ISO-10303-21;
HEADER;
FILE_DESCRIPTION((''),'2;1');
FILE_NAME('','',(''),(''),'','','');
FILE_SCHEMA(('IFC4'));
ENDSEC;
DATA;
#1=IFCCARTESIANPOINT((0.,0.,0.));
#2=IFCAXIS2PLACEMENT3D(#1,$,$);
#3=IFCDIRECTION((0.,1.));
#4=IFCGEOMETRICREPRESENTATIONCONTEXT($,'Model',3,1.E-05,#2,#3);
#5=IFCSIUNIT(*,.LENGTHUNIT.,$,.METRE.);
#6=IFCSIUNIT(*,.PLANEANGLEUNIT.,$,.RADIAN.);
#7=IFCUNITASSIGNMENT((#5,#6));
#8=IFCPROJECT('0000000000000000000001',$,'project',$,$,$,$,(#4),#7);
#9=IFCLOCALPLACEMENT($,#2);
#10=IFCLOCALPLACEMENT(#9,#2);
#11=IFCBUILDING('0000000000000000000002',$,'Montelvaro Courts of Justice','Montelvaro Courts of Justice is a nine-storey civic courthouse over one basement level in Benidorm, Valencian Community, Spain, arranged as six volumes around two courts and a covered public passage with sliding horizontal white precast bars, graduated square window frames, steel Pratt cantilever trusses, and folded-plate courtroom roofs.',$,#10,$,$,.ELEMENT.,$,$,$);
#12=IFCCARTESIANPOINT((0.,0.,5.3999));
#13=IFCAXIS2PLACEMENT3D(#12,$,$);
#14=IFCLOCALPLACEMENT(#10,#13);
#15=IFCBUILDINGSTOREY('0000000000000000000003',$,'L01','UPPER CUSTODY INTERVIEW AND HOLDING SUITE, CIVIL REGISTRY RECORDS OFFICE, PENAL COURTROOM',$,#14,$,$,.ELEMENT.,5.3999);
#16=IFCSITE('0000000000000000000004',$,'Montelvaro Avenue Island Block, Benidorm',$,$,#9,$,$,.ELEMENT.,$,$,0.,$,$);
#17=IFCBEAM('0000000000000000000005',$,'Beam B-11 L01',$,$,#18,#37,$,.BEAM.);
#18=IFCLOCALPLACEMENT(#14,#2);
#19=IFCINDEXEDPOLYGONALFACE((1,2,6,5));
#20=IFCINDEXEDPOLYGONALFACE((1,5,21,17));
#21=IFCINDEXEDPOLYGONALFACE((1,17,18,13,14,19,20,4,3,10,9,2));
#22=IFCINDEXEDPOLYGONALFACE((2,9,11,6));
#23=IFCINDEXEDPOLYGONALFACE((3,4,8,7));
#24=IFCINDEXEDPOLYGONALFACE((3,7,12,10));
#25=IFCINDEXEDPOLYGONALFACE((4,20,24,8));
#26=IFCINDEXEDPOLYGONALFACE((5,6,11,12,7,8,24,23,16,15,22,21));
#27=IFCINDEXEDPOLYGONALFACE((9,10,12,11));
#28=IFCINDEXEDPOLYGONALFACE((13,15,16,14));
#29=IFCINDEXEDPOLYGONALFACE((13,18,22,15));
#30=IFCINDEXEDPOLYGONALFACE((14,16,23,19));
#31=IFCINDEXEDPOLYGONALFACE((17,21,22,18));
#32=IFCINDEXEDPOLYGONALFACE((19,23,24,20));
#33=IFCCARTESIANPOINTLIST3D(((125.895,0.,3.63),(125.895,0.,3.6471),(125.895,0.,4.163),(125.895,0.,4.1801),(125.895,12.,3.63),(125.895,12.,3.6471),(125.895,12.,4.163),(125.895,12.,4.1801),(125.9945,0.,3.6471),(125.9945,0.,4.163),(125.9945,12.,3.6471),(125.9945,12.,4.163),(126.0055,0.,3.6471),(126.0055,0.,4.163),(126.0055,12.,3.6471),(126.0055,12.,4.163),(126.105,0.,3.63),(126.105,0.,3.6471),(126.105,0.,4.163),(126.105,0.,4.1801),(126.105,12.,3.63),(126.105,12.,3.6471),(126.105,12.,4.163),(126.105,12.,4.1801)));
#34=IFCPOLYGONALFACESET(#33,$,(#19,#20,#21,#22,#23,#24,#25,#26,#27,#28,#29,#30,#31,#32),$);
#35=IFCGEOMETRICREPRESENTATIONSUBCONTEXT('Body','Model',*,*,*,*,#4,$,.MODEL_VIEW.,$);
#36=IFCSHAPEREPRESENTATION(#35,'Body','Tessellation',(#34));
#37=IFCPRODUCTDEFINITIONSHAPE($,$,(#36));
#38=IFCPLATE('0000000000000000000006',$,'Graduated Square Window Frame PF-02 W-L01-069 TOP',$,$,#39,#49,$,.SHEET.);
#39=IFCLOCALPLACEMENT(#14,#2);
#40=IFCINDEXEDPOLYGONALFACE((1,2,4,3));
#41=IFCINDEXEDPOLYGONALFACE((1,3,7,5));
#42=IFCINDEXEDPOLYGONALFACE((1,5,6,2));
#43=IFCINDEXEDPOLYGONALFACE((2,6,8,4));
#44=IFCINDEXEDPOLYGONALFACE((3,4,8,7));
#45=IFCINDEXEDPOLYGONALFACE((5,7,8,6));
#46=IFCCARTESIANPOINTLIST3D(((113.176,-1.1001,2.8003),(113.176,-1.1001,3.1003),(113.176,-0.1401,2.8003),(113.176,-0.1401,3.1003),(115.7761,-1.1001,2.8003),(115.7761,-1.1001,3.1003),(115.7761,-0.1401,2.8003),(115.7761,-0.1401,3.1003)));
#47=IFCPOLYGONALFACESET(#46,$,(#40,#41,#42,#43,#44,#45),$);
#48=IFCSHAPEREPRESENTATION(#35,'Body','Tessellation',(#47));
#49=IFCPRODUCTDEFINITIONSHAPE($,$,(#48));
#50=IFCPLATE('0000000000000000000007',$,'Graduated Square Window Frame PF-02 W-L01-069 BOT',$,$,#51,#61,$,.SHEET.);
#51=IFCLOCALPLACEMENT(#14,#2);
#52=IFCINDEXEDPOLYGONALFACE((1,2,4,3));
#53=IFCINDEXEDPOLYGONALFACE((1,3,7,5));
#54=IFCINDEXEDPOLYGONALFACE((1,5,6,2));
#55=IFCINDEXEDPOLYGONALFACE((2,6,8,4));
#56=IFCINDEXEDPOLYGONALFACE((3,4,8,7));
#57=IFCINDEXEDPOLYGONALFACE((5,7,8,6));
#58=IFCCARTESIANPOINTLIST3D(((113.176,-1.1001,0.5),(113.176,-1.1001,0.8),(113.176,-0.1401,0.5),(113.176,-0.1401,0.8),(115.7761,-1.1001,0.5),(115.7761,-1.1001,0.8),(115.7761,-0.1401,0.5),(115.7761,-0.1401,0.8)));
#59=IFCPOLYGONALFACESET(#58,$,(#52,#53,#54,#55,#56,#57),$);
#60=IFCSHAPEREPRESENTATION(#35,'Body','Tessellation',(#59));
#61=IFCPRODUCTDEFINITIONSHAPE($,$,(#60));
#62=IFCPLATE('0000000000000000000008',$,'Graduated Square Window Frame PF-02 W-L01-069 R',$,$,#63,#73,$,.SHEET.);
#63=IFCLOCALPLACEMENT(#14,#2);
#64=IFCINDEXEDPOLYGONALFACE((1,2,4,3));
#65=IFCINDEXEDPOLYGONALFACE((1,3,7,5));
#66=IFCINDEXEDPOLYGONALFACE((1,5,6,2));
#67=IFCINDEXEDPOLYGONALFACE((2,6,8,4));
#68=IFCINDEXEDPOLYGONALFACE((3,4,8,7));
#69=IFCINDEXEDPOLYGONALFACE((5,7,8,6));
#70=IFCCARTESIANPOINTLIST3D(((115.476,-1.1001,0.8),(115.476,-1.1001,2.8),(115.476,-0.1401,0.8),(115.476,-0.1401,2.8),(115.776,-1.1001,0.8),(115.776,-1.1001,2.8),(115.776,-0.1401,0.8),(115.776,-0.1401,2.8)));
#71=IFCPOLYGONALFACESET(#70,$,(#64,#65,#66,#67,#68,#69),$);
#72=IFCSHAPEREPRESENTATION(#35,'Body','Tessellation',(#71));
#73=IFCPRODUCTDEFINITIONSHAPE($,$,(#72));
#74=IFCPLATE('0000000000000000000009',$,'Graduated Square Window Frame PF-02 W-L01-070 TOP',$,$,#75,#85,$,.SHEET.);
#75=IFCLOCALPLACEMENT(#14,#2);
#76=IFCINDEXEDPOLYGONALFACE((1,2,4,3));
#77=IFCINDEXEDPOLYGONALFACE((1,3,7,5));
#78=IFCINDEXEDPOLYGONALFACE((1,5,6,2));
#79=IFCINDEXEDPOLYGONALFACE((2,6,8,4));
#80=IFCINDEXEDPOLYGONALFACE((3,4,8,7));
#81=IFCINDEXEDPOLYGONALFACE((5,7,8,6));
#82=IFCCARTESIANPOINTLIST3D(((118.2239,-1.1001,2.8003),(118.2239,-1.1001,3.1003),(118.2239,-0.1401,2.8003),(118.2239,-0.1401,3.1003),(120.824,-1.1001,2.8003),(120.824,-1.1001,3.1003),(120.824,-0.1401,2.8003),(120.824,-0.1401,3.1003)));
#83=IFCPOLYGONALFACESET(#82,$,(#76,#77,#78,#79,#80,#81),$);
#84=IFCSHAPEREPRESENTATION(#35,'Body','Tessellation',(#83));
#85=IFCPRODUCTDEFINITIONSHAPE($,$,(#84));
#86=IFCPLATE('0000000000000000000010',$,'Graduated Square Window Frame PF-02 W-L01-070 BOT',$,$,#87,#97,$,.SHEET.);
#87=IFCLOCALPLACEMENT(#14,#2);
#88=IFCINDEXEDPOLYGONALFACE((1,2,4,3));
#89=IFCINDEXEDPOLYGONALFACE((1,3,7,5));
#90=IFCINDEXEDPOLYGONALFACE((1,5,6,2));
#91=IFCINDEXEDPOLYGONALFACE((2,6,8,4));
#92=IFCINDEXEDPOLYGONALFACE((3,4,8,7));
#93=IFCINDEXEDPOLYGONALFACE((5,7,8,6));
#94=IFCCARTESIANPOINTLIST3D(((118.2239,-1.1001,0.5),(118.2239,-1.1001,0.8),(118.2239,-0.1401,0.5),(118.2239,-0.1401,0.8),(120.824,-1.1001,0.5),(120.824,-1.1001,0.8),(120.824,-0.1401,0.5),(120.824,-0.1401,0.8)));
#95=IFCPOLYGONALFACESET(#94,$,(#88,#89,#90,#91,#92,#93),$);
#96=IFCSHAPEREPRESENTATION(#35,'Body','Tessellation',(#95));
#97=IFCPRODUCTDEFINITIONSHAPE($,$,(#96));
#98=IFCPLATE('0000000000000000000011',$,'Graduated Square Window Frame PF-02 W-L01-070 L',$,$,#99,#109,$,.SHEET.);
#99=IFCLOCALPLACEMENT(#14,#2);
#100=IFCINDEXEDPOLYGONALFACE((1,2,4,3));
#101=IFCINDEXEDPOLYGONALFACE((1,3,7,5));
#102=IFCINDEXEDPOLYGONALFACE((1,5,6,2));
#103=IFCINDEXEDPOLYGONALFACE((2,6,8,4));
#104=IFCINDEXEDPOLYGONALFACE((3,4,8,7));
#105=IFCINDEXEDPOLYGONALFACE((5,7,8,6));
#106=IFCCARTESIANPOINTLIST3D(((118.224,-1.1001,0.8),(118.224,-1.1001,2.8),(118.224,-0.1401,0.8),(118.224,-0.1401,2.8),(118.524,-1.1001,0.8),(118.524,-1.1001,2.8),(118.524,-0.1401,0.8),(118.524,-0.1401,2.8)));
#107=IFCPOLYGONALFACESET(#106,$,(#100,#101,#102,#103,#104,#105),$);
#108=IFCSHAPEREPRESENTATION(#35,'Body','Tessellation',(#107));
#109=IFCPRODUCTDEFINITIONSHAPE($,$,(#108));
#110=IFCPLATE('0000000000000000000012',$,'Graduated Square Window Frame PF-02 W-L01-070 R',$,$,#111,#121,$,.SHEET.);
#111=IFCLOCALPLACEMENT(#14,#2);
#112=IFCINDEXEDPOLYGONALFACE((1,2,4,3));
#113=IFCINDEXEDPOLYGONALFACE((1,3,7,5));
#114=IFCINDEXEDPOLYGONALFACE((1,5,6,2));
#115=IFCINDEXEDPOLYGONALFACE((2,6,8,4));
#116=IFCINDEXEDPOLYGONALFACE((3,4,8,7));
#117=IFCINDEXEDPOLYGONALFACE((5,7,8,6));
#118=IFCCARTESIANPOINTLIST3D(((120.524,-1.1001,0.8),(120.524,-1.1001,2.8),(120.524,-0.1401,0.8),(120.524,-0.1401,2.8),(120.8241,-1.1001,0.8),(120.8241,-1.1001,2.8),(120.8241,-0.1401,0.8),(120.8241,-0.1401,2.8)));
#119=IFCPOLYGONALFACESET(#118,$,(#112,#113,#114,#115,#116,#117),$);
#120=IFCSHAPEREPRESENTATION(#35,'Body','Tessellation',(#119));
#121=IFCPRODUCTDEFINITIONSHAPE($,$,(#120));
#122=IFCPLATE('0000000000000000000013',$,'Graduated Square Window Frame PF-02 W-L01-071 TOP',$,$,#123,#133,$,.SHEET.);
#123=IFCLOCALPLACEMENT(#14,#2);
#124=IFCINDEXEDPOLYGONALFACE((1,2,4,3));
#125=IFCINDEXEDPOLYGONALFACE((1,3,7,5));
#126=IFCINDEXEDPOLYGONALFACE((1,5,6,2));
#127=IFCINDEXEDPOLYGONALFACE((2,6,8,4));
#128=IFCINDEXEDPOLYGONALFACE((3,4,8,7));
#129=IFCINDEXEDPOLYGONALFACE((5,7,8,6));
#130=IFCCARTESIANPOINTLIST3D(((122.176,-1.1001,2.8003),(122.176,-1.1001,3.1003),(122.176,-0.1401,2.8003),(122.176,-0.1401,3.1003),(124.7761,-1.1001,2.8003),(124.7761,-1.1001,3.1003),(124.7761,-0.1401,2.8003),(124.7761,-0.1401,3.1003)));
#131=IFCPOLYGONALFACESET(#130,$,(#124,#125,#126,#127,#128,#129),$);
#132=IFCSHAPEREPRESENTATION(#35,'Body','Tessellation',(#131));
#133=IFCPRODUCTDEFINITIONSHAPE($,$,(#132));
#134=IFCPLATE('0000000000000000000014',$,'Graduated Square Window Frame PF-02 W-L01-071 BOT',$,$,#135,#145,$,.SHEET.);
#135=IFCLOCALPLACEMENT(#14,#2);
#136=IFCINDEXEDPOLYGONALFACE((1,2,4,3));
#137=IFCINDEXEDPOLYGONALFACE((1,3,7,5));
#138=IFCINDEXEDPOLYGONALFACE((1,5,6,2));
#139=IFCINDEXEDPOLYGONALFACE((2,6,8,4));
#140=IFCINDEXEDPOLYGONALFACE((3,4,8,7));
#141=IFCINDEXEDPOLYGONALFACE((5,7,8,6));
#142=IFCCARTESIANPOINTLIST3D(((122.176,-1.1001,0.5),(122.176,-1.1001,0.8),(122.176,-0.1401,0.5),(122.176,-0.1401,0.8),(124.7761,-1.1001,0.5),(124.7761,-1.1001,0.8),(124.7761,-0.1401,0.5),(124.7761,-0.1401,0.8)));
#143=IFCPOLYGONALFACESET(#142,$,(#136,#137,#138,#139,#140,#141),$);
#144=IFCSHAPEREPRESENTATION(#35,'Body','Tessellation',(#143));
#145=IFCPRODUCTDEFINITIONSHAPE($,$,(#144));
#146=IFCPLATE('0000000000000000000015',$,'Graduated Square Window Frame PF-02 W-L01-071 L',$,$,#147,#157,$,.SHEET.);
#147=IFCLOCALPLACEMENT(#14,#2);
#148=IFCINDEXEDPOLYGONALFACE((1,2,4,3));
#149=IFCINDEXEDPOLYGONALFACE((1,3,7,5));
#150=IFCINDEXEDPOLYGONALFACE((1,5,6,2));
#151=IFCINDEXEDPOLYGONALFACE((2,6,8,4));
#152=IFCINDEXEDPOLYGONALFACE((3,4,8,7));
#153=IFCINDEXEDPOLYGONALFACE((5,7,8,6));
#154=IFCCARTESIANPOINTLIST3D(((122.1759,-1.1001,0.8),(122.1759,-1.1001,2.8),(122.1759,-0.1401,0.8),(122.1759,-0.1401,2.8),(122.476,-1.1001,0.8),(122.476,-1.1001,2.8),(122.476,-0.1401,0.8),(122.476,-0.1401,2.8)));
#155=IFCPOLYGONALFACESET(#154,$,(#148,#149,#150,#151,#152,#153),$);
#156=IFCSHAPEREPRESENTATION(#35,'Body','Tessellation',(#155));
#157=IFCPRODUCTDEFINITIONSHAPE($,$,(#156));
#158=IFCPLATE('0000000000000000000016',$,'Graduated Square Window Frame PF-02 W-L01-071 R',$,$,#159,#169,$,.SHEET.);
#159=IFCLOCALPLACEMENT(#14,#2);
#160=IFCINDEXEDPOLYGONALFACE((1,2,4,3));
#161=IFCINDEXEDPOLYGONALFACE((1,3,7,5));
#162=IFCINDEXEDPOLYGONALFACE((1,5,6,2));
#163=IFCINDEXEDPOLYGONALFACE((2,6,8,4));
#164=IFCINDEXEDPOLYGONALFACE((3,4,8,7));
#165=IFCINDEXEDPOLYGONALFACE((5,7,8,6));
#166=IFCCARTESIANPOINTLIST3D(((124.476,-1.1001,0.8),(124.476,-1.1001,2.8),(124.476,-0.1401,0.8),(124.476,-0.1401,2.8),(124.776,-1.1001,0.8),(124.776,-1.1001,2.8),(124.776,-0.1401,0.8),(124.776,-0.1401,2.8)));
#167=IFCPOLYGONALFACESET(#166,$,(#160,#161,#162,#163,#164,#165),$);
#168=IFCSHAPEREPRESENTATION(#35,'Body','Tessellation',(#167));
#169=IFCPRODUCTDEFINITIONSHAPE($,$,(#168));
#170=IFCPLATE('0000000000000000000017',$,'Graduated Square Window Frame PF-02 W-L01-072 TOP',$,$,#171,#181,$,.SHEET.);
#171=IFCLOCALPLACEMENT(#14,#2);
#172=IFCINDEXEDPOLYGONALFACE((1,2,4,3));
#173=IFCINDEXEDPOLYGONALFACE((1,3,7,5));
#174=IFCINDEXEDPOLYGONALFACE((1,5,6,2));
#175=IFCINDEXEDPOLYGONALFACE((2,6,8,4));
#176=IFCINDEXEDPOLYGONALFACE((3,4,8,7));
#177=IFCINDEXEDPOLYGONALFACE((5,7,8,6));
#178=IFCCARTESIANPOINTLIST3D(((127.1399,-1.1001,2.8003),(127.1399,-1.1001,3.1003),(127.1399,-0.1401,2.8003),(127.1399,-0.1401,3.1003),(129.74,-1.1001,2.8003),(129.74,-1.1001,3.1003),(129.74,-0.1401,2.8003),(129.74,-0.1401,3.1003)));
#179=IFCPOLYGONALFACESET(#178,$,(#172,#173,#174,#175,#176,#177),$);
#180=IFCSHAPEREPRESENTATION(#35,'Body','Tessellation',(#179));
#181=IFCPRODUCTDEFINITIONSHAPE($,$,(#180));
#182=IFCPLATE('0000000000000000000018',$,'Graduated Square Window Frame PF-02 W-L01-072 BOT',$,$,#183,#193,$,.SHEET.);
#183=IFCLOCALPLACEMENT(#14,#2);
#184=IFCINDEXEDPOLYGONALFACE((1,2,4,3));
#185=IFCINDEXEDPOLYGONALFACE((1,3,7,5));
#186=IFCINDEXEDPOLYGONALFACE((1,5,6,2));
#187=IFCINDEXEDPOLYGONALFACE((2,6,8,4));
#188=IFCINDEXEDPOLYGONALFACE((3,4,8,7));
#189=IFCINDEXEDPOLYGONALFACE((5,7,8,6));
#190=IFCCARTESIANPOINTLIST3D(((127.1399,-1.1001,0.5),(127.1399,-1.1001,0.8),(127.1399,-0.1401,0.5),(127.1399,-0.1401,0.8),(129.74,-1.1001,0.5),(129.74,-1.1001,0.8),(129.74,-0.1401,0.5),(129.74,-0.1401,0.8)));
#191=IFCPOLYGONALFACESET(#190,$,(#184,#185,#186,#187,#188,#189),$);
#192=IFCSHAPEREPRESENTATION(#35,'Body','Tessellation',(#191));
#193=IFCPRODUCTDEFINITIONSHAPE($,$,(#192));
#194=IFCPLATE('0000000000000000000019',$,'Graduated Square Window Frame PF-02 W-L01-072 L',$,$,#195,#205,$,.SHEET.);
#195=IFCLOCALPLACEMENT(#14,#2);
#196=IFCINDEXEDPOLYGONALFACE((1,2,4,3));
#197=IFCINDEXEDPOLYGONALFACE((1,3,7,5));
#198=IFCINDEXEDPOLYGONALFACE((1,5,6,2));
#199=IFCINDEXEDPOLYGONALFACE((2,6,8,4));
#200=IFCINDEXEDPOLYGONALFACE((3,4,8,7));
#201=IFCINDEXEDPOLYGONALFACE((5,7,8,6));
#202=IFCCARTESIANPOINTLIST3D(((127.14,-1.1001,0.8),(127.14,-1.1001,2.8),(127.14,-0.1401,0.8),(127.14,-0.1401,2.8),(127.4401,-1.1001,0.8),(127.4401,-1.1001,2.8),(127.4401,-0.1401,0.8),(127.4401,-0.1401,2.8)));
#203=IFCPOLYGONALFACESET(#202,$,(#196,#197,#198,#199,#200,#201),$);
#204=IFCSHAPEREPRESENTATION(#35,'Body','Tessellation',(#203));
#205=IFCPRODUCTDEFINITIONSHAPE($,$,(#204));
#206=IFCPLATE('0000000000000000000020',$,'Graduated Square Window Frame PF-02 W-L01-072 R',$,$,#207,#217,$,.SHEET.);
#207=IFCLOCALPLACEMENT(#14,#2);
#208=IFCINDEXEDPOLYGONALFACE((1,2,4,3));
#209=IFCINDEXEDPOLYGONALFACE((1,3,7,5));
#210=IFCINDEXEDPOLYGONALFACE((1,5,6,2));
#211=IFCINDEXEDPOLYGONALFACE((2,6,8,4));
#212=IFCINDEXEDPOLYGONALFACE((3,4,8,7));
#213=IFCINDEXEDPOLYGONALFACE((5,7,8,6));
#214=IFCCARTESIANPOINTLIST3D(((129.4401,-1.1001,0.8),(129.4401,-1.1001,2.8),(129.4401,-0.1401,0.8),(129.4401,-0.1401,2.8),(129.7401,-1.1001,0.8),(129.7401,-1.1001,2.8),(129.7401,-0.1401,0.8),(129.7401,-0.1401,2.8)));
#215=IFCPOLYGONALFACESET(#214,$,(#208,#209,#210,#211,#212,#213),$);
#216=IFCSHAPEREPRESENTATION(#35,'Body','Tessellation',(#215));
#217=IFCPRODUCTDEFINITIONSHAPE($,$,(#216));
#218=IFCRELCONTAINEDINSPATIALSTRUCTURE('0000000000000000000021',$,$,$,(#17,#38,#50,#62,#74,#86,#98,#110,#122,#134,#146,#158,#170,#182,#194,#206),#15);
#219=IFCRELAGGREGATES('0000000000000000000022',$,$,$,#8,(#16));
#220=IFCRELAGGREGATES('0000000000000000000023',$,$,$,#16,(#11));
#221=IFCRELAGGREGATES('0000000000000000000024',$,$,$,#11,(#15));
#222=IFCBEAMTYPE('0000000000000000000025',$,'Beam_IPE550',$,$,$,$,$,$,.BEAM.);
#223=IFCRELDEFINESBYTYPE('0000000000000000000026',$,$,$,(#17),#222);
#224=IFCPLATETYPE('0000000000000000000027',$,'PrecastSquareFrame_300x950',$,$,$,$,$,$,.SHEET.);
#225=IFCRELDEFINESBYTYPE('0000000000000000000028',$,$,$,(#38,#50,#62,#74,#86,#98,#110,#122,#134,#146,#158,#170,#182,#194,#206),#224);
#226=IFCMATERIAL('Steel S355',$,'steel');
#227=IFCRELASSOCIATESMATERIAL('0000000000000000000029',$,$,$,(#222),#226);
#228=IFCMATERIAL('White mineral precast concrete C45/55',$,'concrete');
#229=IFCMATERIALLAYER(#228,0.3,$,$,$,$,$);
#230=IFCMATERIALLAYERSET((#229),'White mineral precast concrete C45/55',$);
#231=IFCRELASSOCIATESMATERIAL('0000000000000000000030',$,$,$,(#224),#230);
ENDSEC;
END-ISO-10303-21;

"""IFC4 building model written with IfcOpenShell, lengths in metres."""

from ifc_helpers import new_model, si_unit, direction, frame, origin, origin_2d, place, context, subcontext, project, spatial, rectangle, i_section, extrude, material, layer, layer_set, material_profile, profile_set, type_object, element, save


model = new_model("IFC4")

# Units and contexts
model_context = context("Model", 3, precision=1e-05, world=origin(), true_north=direction((0.0, 1.0)))
body_context = subcontext(model_context, "Body", "Model", "MODEL_VIEW")
ifc_project = project(units=[si_unit("LENGTHUNIT", "METRE"), si_unit("PLANEANGLEUNIT", "RADIAN")], contexts=[model_context])

# Site, building, storey
site_placement = place(None, origin())
site = spatial("IfcSite", under=ifc_project, at=site_placement, Name="Montelvaro Avenue Island Block, Benidorm", CompositionType="ELEMENT", RefElevation=0.0)
building_placement = place(site_placement, origin())
building = spatial("IfcBuilding", under=site, at=building_placement, Name="Montelvaro Courts of Justice", Description="Montelvaro Courts of Justice is a nine-storey civic courthouse over one basement level in Benidorm, Valencian Community, Spain, arranged as six volumes around two courts and a covered public passage with sliding horizontal white precast bars, graduated square window frames, steel Pratt cantilever trusses, and folded-plate courtroom roofs.", CompositionType="ELEMENT")
storey_placement = place(building_placement, frame((0.0, 0.0, 5.3999)))
storey = spatial("IfcBuildingStorey", under=building, at=storey_placement, Name="L01", Description="UPPER CUSTODY INTERVIEW AND HOLDING SUITE, CIVIL REGISTRY RECORDS OFFICE, PENAL COURTROOM", CompositionType="ELEMENT", Elevation=5.3999)

# Shared definitions
ifc_material_1 = material(Name="Steel S355", Category="steel")

# Beam
ifc_material_profile_1 = material_profile(ifc_material_1, i_section(OverallWidth=0.21, OverallDepth=0.55, WebThickness=0.011, FlangeThickness=0.0171, at=origin_2d()), Name="IPE 550")
ifc_profile_set_1 = profile_set([ifc_material_profile_1], Name="Steel S355")
beam_type_1 = type_object("IfcBeamType", Name="Beam_IPE550", PredefinedType="BEAM", material=ifc_profile_set_1)
beam_1_placement = place(storey_placement, frame((126.0, 0.0, 3.905), z_axis=(0.0, 1.0, 0.0), x_axis=(-1.0, 0.0, 0.0)))
element("IfcBeam", 1, at=beam_1_placement, inside=storey, type_object=beam_type_1, Name="Beam B-11 L01", PredefinedType="BEAM", context=body_context, shape_type="SweptSolid", body=[
    extrude(i_section(OverallWidth=0.21, OverallDepth=0.55, WebThickness=0.011, FlangeThickness=0.0171, at=origin_2d()), origin(), (0.0, 0.0, 1.0), 12.0),
])

# Plates
ifc_material_2 = material(Name="White mineral precast concrete C45/55", Category="concrete")
ifc_layer_1 = layer(ifc_material_2, 0.3)
ifc_layer_set_1 = layer_set([ifc_layer_1], Name="White mineral precast concrete C45/55")
plate_type = type_object("IfcPlateType", Name="PrecastSquareFrame_300x950", PredefinedType="SHEET", material=ifc_layer_set_1)
for number, where, z_axis, x_axis, name in (
    (2, (114.4761, -0.6201, 2.8003), (0.0, 0.0, 1.0), (1.0, 0.0, 0.0), "Graduated Square Window Frame PF-02 W-L01-069 TOP"),
    (3, (114.4761, -0.6201, 0.5), (0.0, 0.0, 1.0), (1.0, 0.0, 0.0), "Graduated Square Window Frame PF-02 W-L01-069 BOT"),
):
    element("IfcPlate", number, at=place(storey_placement, frame(where, z_axis=z_axis, x_axis=x_axis)), inside=storey, type_object=plate_type, Name=name, PredefinedType="SHEET", context=body_context, shape_type="SweptSolid", body=[
        extrude(rectangle(XDim=2.6001, YDim=0.96, at=origin_2d()), origin(), (0.0, 0.0, 1.0), 0.3),
    ])
plate_placement = place(storey_placement, frame((115.626, -0.6201, 0.8), z_axis=(0.0, 0.0, 1.0), x_axis=(1.0, 0.0, 0.0)))
element("IfcPlate", 4, at=plate_placement, inside=storey, type_object=plate_type, Name="Graduated Square Window Frame PF-02 W-L01-069 R", PredefinedType="SHEET", context=body_context, shape_type="SweptSolid", body=[
    extrude(rectangle(XDim=0.3, YDim=0.96, at=origin_2d()), origin(), (0.0, 0.0, 1.0), 2.0),
])
for number, where, z_axis, x_axis, name in (
    (5, (119.5239, -0.6201, 2.8003), (0.0, 0.0, 1.0), (1.0, 0.0, 0.0), "Graduated Square Window Frame PF-02 W-L01-070 TOP"),
    (6, (119.5239, -0.6201, 0.5), (0.0, 0.0, 1.0), (1.0, 0.0, 0.0), "Graduated Square Window Frame PF-02 W-L01-070 BOT"),
):
    element("IfcPlate", number, at=place(storey_placement, frame(where, z_axis=z_axis, x_axis=x_axis)), inside=storey, type_object=plate_type, Name=name, PredefinedType="SHEET", context=body_context, shape_type="SweptSolid", body=[
        extrude(rectangle(XDim=2.6001, YDim=0.96, at=origin_2d()), origin(), (0.0, 0.0, 1.0), 0.3),
    ])
for number, where, z_axis, x_axis, name in (
    (7, (118.374, -0.6201, 0.8), (0.0, 0.0, 1.0), (1.0, 0.0, 0.0), "Graduated Square Window Frame PF-02 W-L01-070 L"),
    (8, (120.6741, -0.6201, 0.8), (0.0, 0.0, 1.0), (1.0, 0.0, 0.0), "Graduated Square Window Frame PF-02 W-L01-070 R"),
):
    element("IfcPlate", number, at=place(storey_placement, frame(where, z_axis=z_axis, x_axis=x_axis)), inside=storey, type_object=plate_type, Name=name, PredefinedType="SHEET", context=body_context, shape_type="SweptSolid", body=[
        extrude(rectangle(XDim=0.3, YDim=0.96, at=origin_2d()), origin(), (0.0, 0.0, 1.0), 2.0),
    ])
for number, where, z_axis, x_axis, name in (
    (9, (123.4761, -0.6201, 2.8003), (0.0, 0.0, 1.0), (1.0, 0.0, 0.0), "Graduated Square Window Frame PF-02 W-L01-071 TOP"),
    (10, (123.4761, -0.6201, 0.5), (0.0, 0.0, 1.0), (1.0, 0.0, 0.0), "Graduated Square Window Frame PF-02 W-L01-071 BOT"),
):
    element("IfcPlate", number, at=place(storey_placement, frame(where, z_axis=z_axis, x_axis=x_axis)), inside=storey, type_object=plate_type, Name=name, PredefinedType="SHEET", context=body_context, shape_type="SweptSolid", body=[
        extrude(rectangle(XDim=2.6001, YDim=0.96, at=origin_2d()), origin(), (0.0, 0.0, 1.0), 0.3),
    ])
for number, where, z_axis, x_axis, name in (
    (11, (122.3259, -0.6201, 0.8), (0.0, 0.0, 1.0), (1.0, 0.0, 0.0), "Graduated Square Window Frame PF-02 W-L01-071 L"),
    (12, (124.626, -0.6201, 0.8), (0.0, 0.0, 1.0), (1.0, 0.0, 0.0), "Graduated Square Window Frame PF-02 W-L01-071 R"),
):
    element("IfcPlate", number, at=place(storey_placement, frame(where, z_axis=z_axis, x_axis=x_axis)), inside=storey, type_object=plate_type, Name=name, PredefinedType="SHEET", context=body_context, shape_type="SweptSolid", body=[
        extrude(rectangle(XDim=0.3, YDim=0.96, at=origin_2d()), origin(), (0.0, 0.0, 1.0), 2.0),
    ])
for number, where, z_axis, x_axis, name in (
    (13, (128.4399, -0.6201, 2.8003), (0.0, 0.0, 1.0), (1.0, 0.0, 0.0), "Graduated Square Window Frame PF-02 W-L01-072 TOP"),
    (14, (128.4399, -0.6201, 0.5), (0.0, 0.0, 1.0), (1.0, 0.0, 0.0), "Graduated Square Window Frame PF-02 W-L01-072 BOT"),
):
    element("IfcPlate", number, at=place(storey_placement, frame(where, z_axis=z_axis, x_axis=x_axis)), inside=storey, type_object=plate_type, Name=name, PredefinedType="SHEET", context=body_context, shape_type="SweptSolid", body=[
        extrude(rectangle(XDim=2.6001, YDim=0.96, at=origin_2d()), origin(), (0.0, 0.0, 1.0), 0.3),
    ])
for number, where, z_axis, x_axis, name in (
    (15, (127.29, -0.6201, 0.8), (0.0, 0.0, 1.0), (1.0, 0.0, 0.0), "Graduated Square Window Frame PF-02 W-L01-072 L"),
    (16, (129.5901, -0.6201, 0.8), (0.0, 0.0, 1.0), (1.0, 0.0, 0.0), "Graduated Square Window Frame PF-02 W-L01-072 R"),
):
    element("IfcPlate", number, at=place(storey_placement, frame(where, z_axis=z_axis, x_axis=x_axis)), inside=storey, type_object=plate_type, Name=name, PredefinedType="SHEET", context=body_context, shape_type="SweptSolid", body=[
        extrude(rectangle(XDim=0.3, YDim=0.96, at=origin_2d()), origin(), (0.0, 0.0, 1.0), 2.0),
    ])

save(model, "model.ifc")
